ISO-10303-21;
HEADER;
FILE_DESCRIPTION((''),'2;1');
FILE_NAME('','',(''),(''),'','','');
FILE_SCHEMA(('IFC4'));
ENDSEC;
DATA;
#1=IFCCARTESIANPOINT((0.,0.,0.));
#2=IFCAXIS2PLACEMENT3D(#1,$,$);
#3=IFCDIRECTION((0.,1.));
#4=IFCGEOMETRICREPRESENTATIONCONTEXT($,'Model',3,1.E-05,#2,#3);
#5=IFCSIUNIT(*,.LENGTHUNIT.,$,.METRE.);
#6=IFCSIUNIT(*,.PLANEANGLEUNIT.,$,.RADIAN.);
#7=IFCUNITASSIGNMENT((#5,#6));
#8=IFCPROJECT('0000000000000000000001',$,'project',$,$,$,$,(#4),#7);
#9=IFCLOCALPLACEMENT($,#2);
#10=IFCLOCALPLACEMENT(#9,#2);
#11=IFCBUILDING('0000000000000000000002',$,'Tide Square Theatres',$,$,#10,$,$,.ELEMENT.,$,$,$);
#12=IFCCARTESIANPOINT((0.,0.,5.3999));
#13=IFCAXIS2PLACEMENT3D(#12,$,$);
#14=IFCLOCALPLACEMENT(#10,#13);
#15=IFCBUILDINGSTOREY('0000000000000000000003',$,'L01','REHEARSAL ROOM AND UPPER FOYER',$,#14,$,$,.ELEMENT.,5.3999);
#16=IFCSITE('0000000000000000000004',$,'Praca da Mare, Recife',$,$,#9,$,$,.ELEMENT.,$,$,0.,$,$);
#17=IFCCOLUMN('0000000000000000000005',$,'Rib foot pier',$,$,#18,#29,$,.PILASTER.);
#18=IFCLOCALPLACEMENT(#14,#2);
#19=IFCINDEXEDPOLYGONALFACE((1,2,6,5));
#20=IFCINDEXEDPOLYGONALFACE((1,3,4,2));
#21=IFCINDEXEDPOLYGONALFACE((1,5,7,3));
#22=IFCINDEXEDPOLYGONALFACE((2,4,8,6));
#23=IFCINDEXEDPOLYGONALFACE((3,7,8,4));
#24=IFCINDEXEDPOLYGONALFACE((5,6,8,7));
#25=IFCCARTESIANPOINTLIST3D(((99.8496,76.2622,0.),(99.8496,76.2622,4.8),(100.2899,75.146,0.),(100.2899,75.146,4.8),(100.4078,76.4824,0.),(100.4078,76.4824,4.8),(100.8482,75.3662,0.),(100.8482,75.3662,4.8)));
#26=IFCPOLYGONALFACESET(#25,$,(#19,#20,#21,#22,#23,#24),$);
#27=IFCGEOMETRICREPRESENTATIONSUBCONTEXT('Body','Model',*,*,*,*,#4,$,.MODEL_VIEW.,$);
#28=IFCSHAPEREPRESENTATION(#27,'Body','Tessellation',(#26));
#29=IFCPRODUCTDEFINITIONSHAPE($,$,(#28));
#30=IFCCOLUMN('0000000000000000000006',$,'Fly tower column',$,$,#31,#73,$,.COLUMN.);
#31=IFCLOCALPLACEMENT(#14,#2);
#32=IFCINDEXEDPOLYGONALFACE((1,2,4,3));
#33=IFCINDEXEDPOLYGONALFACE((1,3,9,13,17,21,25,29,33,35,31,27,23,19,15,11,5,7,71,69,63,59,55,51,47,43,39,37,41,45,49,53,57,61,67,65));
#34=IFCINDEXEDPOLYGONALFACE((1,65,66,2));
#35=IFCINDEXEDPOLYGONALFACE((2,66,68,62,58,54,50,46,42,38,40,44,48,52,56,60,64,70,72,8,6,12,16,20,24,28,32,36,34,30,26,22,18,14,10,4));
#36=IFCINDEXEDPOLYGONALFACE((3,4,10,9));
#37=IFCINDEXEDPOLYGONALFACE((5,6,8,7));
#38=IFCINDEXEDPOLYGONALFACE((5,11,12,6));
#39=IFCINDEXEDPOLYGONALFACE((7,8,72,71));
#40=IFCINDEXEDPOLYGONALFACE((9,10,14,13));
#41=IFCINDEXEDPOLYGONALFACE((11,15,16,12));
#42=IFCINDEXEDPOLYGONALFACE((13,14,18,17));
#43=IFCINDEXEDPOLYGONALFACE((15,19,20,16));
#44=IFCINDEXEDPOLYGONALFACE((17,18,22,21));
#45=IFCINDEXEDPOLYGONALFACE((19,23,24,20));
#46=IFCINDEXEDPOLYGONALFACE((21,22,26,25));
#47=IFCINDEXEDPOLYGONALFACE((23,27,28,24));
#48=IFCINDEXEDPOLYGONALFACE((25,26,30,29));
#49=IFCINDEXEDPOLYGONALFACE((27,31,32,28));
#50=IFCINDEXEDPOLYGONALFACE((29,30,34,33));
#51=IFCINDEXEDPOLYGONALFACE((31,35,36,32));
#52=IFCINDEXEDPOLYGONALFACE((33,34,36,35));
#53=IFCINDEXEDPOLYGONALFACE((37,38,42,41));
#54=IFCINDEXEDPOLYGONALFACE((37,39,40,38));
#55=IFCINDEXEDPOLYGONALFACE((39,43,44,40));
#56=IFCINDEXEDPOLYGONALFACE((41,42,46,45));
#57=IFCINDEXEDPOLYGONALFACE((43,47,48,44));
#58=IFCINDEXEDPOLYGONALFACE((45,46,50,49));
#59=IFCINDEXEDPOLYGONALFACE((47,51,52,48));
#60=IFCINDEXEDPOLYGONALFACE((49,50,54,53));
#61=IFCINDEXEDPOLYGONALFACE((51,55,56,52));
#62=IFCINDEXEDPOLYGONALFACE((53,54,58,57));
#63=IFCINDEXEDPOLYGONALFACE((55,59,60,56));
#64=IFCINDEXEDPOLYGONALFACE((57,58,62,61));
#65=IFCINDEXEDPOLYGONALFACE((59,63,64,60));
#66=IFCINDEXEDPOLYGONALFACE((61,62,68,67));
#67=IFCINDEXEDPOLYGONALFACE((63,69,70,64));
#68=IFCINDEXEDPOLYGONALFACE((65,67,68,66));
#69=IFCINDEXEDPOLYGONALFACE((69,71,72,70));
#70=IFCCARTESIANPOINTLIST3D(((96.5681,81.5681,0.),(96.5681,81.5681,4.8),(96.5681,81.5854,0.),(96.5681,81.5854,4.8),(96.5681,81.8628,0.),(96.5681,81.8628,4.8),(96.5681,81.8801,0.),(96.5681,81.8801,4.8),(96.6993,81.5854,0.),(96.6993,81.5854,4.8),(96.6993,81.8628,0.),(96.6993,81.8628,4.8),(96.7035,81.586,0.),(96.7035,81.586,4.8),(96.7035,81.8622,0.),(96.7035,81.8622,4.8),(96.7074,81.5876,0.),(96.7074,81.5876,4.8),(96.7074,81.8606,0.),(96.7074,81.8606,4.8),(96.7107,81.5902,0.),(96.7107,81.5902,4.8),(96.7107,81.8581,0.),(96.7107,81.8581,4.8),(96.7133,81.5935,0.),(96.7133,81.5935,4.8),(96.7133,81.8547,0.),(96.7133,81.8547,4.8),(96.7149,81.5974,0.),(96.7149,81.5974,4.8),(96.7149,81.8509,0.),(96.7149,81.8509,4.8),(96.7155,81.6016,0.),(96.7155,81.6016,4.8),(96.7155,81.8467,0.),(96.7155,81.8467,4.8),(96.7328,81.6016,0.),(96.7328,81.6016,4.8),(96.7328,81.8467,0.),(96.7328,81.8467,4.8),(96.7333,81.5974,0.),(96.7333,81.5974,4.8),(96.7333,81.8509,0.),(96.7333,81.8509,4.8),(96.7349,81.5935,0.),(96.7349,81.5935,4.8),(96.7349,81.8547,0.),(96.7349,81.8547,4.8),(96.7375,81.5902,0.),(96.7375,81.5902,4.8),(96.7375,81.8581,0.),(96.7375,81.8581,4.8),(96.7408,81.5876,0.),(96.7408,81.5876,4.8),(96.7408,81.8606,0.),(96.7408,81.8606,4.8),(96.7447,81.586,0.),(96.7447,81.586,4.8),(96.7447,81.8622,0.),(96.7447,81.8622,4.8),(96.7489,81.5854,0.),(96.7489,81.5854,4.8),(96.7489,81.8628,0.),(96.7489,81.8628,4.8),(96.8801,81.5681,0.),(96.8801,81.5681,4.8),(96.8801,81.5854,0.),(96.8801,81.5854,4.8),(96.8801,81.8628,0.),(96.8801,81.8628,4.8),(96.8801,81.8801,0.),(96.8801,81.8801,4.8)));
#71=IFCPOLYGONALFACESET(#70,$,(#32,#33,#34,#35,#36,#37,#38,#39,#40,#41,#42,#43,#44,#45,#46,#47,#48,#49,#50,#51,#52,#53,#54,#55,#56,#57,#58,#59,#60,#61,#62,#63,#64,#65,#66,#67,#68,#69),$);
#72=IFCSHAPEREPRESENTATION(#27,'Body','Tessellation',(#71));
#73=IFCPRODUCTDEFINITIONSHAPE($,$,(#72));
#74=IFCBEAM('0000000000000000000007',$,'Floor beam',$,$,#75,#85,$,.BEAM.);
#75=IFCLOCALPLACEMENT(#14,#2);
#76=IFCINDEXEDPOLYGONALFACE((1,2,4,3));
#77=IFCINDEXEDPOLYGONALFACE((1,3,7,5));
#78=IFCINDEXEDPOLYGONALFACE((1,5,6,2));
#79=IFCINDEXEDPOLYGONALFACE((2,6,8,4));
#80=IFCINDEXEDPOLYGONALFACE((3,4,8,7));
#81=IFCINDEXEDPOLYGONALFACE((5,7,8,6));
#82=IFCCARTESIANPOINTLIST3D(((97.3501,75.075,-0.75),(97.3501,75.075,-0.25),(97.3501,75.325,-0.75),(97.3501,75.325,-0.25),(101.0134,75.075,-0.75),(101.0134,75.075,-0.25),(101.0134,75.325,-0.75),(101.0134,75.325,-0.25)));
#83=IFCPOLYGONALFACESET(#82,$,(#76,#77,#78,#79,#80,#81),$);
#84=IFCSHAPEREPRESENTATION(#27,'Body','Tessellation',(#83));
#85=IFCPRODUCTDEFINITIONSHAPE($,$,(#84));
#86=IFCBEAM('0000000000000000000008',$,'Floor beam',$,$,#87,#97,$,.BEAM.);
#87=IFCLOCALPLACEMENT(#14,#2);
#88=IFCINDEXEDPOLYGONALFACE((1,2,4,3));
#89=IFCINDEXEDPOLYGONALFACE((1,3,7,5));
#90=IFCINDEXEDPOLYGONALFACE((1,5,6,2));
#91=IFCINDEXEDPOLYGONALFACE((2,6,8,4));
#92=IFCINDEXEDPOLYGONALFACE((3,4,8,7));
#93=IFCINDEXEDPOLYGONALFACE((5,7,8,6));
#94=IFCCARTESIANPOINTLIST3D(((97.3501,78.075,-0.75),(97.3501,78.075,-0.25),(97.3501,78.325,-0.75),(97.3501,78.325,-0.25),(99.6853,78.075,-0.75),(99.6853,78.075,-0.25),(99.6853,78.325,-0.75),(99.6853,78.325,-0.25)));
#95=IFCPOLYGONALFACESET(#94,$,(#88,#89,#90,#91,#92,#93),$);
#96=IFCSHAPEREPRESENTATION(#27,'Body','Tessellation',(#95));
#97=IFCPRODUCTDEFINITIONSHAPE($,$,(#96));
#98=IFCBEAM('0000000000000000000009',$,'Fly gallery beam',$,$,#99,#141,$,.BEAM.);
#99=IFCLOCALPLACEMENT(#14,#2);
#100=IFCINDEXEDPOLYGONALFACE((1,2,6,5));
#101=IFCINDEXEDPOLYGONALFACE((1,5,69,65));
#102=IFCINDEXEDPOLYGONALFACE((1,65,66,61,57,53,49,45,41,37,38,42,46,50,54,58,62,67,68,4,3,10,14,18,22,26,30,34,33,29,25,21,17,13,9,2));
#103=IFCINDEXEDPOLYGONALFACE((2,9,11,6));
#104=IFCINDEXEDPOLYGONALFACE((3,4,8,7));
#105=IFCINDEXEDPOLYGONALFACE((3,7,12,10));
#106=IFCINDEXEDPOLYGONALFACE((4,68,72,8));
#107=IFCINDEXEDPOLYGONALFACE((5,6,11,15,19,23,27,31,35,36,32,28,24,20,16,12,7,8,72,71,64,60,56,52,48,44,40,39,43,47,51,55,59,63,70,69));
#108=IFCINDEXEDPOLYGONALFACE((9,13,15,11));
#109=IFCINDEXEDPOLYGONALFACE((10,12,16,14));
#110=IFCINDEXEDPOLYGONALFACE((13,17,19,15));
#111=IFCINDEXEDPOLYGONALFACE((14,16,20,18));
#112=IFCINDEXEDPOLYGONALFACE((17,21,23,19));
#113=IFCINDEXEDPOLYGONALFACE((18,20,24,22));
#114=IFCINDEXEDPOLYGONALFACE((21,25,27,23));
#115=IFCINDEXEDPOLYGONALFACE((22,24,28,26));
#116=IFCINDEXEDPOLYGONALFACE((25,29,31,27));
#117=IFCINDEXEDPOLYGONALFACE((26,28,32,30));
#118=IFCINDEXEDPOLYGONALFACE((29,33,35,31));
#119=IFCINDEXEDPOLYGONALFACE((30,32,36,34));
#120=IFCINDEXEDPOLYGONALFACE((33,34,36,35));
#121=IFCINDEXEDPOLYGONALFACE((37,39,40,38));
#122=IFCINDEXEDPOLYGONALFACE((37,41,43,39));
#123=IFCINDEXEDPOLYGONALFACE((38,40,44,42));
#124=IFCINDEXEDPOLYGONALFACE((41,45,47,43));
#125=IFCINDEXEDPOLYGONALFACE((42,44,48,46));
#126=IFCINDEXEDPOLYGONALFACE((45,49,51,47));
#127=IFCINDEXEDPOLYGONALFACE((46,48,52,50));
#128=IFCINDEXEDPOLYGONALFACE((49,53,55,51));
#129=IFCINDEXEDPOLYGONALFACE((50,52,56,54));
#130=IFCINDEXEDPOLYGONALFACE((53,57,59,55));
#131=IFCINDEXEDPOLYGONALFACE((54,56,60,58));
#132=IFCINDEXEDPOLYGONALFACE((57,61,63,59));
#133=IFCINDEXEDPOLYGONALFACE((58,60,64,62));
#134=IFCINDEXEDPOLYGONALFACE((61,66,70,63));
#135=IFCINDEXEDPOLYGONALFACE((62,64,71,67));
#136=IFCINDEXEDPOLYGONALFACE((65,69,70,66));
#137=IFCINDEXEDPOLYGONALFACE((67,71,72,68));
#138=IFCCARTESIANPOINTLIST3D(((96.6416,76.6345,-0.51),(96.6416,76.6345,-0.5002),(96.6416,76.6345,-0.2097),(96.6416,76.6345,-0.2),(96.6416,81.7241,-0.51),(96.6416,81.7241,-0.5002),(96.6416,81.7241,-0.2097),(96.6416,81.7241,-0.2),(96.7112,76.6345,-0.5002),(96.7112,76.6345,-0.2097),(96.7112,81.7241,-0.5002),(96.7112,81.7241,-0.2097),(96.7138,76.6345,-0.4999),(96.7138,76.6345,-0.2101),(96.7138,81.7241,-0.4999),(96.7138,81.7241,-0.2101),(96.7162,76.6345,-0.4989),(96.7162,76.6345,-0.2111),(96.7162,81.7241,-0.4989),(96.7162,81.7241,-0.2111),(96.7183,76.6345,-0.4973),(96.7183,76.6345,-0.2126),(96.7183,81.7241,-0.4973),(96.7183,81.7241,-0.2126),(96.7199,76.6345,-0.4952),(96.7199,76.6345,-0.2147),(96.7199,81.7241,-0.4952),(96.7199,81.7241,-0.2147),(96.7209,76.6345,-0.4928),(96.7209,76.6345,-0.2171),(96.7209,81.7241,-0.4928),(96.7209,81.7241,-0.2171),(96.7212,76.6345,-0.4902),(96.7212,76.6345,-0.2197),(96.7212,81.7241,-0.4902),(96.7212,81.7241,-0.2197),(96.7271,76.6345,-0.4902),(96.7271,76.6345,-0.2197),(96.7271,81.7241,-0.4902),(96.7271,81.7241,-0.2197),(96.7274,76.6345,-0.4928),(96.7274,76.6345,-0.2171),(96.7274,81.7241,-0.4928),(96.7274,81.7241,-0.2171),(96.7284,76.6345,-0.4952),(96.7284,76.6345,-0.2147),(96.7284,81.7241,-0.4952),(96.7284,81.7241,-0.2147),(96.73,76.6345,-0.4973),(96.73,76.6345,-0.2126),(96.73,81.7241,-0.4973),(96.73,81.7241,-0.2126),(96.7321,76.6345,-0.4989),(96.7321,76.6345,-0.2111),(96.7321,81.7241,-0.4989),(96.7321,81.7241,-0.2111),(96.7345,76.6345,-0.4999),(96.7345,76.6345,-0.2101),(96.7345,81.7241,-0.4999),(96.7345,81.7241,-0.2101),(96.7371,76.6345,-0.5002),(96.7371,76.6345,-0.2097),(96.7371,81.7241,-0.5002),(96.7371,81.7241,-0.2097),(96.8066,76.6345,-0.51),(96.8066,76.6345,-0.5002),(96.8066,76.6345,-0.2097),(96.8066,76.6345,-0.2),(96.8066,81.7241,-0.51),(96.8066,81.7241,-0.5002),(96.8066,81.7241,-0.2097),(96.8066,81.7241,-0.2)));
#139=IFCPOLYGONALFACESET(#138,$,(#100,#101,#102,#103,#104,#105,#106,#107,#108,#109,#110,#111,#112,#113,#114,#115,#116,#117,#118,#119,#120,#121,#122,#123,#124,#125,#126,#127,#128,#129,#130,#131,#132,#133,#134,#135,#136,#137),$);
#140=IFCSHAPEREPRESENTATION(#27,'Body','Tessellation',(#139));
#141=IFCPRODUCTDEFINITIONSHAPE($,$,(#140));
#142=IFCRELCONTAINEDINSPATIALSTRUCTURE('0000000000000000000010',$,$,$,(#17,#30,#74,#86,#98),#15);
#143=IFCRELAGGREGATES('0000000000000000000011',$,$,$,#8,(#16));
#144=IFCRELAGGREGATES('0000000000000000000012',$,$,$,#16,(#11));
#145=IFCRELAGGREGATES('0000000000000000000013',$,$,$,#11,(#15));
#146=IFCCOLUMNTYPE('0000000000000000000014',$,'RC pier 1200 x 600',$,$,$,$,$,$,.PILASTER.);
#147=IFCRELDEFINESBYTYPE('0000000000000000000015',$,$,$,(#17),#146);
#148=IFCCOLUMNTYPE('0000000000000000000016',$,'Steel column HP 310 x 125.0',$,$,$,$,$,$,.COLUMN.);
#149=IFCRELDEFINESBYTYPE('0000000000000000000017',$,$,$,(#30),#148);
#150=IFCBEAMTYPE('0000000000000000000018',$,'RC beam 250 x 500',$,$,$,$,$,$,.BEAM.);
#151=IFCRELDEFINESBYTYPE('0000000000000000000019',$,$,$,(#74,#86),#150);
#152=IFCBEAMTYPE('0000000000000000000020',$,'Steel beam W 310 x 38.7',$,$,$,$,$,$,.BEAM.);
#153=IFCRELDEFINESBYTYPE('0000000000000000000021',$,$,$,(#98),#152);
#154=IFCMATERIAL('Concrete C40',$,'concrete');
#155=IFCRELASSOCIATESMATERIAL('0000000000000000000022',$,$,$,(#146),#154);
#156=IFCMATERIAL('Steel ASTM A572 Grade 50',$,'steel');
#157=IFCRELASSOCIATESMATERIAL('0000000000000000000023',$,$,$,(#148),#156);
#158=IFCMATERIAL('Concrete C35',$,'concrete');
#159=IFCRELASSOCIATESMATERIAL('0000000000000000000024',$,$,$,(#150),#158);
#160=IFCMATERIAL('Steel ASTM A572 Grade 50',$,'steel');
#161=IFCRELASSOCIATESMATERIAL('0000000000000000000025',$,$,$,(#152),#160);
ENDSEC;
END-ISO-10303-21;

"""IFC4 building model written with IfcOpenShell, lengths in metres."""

from ifc_helpers import new_model, si_unit, direction, frame, origin, origin_2d, place, context, subcontext, project, spatial, rectangle, i_section, extrude, material, material_profile, profile_set, type_object, element, save


model = new_model("IFC4")

# Units and contexts
model_context = context("Model", 3, precision=1e-05, world=origin(), true_north=direction((0.0, 1.0)))
body_context = subcontext(model_context, "Body", "Model", "MODEL_VIEW")
ifc_project = project(units=[si_unit("LENGTHUNIT", "METRE"), si_unit("PLANEANGLEUNIT", "RADIAN")], contexts=[model_context])

# Site, building, storey
site_placement = place(None, origin())
site = spatial("IfcSite", under=ifc_project, at=site_placement, Name="Praca da Mare, Recife", CompositionType="ELEMENT", RefElevation=0.0)
building_placement = place(site_placement, origin())
building = spatial("IfcBuilding", under=site, at=building_placement, Name="Tide Square Theatres", CompositionType="ELEMENT")
storey_placement = place(building_placement, frame((0.0, 0.0, 5.3999)))
storey = spatial("IfcBuildingStorey", under=building, at=storey_placement, Name="L01", Description="REHEARSAL ROOM AND UPPER FOYER", CompositionType="ELEMENT", Elevation=5.3999)

# Columns
ifc_material_1 = material(Name="Concrete C40", Category="concrete")
ifc_material_profile_1 = material_profile(ifc_material_1, rectangle(XDim=1.2, YDim=0.6001, at=origin_2d()))
ifc_profile_set_1 = profile_set([ifc_material_profile_1], Name="Concrete C40")
column_type_1 = type_object("IfcColumnType", Name="RC pier 1200 x 600", PredefinedType="PILASTER", material=ifc_profile_set_1)
column_1_placement = place(storey_placement, frame((100.3489, 75.8142, 0.0), z_axis=(0.0, 0.0, 1.0), x_axis=(-0.366956, 0.930238, 0.0)))
element("IfcColumn", 1, at=column_1_placement, inside=storey, type_object=column_type_1, Name="Rib foot pier", PredefinedType="PILASTER", context=body_context, shape_type="SweptSolid", body=[
    extrude(rectangle(XDim=1.2, YDim=0.6001, at=origin_2d()), origin(), (0.0, 0.0, 1.0), 4.8),
])
ifc_material_2 = material(Name="Steel ASTM A572 Grade 50", Category="steel")
ifc_material_profile_2 = material_profile(ifc_material_2, i_section(OverallWidth=0.312, OverallDepth=0.312, WebThickness=0.0173, FlangeThickness=0.0173, FilletRadius=0.0161, at=origin_2d()))
ifc_profile_set_2 = profile_set([ifc_material_profile_2], Name="Steel ASTM A572 Grade 50")
column_type_2 = type_object("IfcColumnType", Name="Steel column HP 310 x 125.0", PredefinedType="COLUMN", material=ifc_profile_set_2)
column_2_placement = place(storey_placement, frame((96.7241, 81.7241, 0.0), z_axis=(0.0, 0.0, 1.0), x_axis=(1.0, 0.0, 0.0)))
element("IfcColumn", 2, at=column_2_placement, inside=storey, type_object=column_type_2, Name="Fly tower column", PredefinedType="COLUMN", context=body_context, shape_type="SweptSolid", body=[
    extrude(i_section(OverallWidth=0.312, OverallDepth=0.312, WebThickness=0.0173, FlangeThickness=0.0173, FilletRadius=0.0161, at=origin_2d()), origin(), (0.0, 0.0, 1.0), 4.8),
])

# Beams
ifc_material_3 = material(Name="Concrete C35", Category="concrete")
ifc_material_profile_3 = material_profile(ifc_material_3, rectangle(XDim=0.25, YDim=0.5, at=origin_2d()))
ifc_profile_set_3 = profile_set([ifc_material_profile_3], Name="Concrete C35")
beam_type_1 = type_object("IfcBeamType", Name="RC beam 250 x 500", PredefinedType="BEAM", material=ifc_profile_set_3)
beam_1_placement = place(storey_placement, frame((97.3501, 75.2, -0.5), z_axis=(1.0, 0.0, 0.0), x_axis=(0.0, 1.0, 0.0)))
element("IfcBeam", 3, at=beam_1_placement, inside=storey, type_object=beam_type_1, Name="Floor beam", PredefinedType="BEAM", context=body_context, shape_type="SweptSolid", body=[
    extrude(rectangle(XDim=0.25, YDim=0.5, at=origin_2d()), origin(), (0.0, 0.0, 1.0), 3.6633),
])
beam_2_placement = place(storey_placement, frame((97.3501, 78.2, -0.5), z_axis=(1.0, 0.0, 0.0), x_axis=(0.0, 1.0, 0.0)))
element("IfcBeam", 4, at=beam_2_placement, inside=storey, type_object=beam_type_1, Name="Floor beam", PredefinedType="BEAM", context=body_context, shape_type="SweptSolid", body=[
    extrude(rectangle(XDim=0.25, YDim=0.5, at=origin_2d()), origin(), (0.0, 0.0, 1.0), 2.3352),
])
ifc_material_4 = material(Name="Steel ASTM A572 Grade 50", Category="steel")
ifc_material_profile_4 = material_profile(ifc_material_4, i_section(OverallWidth=0.165, OverallDepth=0.3101, WebThickness=0.0059, FlangeThickness=0.0098, FilletRadius=0.01, at=origin_2d()))
ifc_profile_set_4 = profile_set([ifc_material_profile_4], Name="Steel ASTM A572 Grade 50")
beam_type_2 = type_object("IfcBeamType", Name="Steel beam W 310 x 38.7", PredefinedType="BEAM", material=ifc_profile_set_4)
beam_3_placement = place(storey_placement, frame((96.7241, 76.6345, -0.355), z_axis=(0.0, 1.0, 0.0), x_axis=(-1.0, 0.0, 0.0)))
element("IfcBeam", 5, at=beam_3_placement, inside=storey, type_object=beam_type_2, Name="Fly gallery beam", PredefinedType="BEAM", context=body_context, shape_type="SweptSolid", body=[
    extrude(i_section(OverallWidth=0.165, OverallDepth=0.3101, WebThickness=0.0059, FlangeThickness=0.0098, FilletRadius=0.01, at=origin_2d()), origin(), (0.0, 0.0, 1.0), 5.0896),
])

save(model, "model.ifc")
